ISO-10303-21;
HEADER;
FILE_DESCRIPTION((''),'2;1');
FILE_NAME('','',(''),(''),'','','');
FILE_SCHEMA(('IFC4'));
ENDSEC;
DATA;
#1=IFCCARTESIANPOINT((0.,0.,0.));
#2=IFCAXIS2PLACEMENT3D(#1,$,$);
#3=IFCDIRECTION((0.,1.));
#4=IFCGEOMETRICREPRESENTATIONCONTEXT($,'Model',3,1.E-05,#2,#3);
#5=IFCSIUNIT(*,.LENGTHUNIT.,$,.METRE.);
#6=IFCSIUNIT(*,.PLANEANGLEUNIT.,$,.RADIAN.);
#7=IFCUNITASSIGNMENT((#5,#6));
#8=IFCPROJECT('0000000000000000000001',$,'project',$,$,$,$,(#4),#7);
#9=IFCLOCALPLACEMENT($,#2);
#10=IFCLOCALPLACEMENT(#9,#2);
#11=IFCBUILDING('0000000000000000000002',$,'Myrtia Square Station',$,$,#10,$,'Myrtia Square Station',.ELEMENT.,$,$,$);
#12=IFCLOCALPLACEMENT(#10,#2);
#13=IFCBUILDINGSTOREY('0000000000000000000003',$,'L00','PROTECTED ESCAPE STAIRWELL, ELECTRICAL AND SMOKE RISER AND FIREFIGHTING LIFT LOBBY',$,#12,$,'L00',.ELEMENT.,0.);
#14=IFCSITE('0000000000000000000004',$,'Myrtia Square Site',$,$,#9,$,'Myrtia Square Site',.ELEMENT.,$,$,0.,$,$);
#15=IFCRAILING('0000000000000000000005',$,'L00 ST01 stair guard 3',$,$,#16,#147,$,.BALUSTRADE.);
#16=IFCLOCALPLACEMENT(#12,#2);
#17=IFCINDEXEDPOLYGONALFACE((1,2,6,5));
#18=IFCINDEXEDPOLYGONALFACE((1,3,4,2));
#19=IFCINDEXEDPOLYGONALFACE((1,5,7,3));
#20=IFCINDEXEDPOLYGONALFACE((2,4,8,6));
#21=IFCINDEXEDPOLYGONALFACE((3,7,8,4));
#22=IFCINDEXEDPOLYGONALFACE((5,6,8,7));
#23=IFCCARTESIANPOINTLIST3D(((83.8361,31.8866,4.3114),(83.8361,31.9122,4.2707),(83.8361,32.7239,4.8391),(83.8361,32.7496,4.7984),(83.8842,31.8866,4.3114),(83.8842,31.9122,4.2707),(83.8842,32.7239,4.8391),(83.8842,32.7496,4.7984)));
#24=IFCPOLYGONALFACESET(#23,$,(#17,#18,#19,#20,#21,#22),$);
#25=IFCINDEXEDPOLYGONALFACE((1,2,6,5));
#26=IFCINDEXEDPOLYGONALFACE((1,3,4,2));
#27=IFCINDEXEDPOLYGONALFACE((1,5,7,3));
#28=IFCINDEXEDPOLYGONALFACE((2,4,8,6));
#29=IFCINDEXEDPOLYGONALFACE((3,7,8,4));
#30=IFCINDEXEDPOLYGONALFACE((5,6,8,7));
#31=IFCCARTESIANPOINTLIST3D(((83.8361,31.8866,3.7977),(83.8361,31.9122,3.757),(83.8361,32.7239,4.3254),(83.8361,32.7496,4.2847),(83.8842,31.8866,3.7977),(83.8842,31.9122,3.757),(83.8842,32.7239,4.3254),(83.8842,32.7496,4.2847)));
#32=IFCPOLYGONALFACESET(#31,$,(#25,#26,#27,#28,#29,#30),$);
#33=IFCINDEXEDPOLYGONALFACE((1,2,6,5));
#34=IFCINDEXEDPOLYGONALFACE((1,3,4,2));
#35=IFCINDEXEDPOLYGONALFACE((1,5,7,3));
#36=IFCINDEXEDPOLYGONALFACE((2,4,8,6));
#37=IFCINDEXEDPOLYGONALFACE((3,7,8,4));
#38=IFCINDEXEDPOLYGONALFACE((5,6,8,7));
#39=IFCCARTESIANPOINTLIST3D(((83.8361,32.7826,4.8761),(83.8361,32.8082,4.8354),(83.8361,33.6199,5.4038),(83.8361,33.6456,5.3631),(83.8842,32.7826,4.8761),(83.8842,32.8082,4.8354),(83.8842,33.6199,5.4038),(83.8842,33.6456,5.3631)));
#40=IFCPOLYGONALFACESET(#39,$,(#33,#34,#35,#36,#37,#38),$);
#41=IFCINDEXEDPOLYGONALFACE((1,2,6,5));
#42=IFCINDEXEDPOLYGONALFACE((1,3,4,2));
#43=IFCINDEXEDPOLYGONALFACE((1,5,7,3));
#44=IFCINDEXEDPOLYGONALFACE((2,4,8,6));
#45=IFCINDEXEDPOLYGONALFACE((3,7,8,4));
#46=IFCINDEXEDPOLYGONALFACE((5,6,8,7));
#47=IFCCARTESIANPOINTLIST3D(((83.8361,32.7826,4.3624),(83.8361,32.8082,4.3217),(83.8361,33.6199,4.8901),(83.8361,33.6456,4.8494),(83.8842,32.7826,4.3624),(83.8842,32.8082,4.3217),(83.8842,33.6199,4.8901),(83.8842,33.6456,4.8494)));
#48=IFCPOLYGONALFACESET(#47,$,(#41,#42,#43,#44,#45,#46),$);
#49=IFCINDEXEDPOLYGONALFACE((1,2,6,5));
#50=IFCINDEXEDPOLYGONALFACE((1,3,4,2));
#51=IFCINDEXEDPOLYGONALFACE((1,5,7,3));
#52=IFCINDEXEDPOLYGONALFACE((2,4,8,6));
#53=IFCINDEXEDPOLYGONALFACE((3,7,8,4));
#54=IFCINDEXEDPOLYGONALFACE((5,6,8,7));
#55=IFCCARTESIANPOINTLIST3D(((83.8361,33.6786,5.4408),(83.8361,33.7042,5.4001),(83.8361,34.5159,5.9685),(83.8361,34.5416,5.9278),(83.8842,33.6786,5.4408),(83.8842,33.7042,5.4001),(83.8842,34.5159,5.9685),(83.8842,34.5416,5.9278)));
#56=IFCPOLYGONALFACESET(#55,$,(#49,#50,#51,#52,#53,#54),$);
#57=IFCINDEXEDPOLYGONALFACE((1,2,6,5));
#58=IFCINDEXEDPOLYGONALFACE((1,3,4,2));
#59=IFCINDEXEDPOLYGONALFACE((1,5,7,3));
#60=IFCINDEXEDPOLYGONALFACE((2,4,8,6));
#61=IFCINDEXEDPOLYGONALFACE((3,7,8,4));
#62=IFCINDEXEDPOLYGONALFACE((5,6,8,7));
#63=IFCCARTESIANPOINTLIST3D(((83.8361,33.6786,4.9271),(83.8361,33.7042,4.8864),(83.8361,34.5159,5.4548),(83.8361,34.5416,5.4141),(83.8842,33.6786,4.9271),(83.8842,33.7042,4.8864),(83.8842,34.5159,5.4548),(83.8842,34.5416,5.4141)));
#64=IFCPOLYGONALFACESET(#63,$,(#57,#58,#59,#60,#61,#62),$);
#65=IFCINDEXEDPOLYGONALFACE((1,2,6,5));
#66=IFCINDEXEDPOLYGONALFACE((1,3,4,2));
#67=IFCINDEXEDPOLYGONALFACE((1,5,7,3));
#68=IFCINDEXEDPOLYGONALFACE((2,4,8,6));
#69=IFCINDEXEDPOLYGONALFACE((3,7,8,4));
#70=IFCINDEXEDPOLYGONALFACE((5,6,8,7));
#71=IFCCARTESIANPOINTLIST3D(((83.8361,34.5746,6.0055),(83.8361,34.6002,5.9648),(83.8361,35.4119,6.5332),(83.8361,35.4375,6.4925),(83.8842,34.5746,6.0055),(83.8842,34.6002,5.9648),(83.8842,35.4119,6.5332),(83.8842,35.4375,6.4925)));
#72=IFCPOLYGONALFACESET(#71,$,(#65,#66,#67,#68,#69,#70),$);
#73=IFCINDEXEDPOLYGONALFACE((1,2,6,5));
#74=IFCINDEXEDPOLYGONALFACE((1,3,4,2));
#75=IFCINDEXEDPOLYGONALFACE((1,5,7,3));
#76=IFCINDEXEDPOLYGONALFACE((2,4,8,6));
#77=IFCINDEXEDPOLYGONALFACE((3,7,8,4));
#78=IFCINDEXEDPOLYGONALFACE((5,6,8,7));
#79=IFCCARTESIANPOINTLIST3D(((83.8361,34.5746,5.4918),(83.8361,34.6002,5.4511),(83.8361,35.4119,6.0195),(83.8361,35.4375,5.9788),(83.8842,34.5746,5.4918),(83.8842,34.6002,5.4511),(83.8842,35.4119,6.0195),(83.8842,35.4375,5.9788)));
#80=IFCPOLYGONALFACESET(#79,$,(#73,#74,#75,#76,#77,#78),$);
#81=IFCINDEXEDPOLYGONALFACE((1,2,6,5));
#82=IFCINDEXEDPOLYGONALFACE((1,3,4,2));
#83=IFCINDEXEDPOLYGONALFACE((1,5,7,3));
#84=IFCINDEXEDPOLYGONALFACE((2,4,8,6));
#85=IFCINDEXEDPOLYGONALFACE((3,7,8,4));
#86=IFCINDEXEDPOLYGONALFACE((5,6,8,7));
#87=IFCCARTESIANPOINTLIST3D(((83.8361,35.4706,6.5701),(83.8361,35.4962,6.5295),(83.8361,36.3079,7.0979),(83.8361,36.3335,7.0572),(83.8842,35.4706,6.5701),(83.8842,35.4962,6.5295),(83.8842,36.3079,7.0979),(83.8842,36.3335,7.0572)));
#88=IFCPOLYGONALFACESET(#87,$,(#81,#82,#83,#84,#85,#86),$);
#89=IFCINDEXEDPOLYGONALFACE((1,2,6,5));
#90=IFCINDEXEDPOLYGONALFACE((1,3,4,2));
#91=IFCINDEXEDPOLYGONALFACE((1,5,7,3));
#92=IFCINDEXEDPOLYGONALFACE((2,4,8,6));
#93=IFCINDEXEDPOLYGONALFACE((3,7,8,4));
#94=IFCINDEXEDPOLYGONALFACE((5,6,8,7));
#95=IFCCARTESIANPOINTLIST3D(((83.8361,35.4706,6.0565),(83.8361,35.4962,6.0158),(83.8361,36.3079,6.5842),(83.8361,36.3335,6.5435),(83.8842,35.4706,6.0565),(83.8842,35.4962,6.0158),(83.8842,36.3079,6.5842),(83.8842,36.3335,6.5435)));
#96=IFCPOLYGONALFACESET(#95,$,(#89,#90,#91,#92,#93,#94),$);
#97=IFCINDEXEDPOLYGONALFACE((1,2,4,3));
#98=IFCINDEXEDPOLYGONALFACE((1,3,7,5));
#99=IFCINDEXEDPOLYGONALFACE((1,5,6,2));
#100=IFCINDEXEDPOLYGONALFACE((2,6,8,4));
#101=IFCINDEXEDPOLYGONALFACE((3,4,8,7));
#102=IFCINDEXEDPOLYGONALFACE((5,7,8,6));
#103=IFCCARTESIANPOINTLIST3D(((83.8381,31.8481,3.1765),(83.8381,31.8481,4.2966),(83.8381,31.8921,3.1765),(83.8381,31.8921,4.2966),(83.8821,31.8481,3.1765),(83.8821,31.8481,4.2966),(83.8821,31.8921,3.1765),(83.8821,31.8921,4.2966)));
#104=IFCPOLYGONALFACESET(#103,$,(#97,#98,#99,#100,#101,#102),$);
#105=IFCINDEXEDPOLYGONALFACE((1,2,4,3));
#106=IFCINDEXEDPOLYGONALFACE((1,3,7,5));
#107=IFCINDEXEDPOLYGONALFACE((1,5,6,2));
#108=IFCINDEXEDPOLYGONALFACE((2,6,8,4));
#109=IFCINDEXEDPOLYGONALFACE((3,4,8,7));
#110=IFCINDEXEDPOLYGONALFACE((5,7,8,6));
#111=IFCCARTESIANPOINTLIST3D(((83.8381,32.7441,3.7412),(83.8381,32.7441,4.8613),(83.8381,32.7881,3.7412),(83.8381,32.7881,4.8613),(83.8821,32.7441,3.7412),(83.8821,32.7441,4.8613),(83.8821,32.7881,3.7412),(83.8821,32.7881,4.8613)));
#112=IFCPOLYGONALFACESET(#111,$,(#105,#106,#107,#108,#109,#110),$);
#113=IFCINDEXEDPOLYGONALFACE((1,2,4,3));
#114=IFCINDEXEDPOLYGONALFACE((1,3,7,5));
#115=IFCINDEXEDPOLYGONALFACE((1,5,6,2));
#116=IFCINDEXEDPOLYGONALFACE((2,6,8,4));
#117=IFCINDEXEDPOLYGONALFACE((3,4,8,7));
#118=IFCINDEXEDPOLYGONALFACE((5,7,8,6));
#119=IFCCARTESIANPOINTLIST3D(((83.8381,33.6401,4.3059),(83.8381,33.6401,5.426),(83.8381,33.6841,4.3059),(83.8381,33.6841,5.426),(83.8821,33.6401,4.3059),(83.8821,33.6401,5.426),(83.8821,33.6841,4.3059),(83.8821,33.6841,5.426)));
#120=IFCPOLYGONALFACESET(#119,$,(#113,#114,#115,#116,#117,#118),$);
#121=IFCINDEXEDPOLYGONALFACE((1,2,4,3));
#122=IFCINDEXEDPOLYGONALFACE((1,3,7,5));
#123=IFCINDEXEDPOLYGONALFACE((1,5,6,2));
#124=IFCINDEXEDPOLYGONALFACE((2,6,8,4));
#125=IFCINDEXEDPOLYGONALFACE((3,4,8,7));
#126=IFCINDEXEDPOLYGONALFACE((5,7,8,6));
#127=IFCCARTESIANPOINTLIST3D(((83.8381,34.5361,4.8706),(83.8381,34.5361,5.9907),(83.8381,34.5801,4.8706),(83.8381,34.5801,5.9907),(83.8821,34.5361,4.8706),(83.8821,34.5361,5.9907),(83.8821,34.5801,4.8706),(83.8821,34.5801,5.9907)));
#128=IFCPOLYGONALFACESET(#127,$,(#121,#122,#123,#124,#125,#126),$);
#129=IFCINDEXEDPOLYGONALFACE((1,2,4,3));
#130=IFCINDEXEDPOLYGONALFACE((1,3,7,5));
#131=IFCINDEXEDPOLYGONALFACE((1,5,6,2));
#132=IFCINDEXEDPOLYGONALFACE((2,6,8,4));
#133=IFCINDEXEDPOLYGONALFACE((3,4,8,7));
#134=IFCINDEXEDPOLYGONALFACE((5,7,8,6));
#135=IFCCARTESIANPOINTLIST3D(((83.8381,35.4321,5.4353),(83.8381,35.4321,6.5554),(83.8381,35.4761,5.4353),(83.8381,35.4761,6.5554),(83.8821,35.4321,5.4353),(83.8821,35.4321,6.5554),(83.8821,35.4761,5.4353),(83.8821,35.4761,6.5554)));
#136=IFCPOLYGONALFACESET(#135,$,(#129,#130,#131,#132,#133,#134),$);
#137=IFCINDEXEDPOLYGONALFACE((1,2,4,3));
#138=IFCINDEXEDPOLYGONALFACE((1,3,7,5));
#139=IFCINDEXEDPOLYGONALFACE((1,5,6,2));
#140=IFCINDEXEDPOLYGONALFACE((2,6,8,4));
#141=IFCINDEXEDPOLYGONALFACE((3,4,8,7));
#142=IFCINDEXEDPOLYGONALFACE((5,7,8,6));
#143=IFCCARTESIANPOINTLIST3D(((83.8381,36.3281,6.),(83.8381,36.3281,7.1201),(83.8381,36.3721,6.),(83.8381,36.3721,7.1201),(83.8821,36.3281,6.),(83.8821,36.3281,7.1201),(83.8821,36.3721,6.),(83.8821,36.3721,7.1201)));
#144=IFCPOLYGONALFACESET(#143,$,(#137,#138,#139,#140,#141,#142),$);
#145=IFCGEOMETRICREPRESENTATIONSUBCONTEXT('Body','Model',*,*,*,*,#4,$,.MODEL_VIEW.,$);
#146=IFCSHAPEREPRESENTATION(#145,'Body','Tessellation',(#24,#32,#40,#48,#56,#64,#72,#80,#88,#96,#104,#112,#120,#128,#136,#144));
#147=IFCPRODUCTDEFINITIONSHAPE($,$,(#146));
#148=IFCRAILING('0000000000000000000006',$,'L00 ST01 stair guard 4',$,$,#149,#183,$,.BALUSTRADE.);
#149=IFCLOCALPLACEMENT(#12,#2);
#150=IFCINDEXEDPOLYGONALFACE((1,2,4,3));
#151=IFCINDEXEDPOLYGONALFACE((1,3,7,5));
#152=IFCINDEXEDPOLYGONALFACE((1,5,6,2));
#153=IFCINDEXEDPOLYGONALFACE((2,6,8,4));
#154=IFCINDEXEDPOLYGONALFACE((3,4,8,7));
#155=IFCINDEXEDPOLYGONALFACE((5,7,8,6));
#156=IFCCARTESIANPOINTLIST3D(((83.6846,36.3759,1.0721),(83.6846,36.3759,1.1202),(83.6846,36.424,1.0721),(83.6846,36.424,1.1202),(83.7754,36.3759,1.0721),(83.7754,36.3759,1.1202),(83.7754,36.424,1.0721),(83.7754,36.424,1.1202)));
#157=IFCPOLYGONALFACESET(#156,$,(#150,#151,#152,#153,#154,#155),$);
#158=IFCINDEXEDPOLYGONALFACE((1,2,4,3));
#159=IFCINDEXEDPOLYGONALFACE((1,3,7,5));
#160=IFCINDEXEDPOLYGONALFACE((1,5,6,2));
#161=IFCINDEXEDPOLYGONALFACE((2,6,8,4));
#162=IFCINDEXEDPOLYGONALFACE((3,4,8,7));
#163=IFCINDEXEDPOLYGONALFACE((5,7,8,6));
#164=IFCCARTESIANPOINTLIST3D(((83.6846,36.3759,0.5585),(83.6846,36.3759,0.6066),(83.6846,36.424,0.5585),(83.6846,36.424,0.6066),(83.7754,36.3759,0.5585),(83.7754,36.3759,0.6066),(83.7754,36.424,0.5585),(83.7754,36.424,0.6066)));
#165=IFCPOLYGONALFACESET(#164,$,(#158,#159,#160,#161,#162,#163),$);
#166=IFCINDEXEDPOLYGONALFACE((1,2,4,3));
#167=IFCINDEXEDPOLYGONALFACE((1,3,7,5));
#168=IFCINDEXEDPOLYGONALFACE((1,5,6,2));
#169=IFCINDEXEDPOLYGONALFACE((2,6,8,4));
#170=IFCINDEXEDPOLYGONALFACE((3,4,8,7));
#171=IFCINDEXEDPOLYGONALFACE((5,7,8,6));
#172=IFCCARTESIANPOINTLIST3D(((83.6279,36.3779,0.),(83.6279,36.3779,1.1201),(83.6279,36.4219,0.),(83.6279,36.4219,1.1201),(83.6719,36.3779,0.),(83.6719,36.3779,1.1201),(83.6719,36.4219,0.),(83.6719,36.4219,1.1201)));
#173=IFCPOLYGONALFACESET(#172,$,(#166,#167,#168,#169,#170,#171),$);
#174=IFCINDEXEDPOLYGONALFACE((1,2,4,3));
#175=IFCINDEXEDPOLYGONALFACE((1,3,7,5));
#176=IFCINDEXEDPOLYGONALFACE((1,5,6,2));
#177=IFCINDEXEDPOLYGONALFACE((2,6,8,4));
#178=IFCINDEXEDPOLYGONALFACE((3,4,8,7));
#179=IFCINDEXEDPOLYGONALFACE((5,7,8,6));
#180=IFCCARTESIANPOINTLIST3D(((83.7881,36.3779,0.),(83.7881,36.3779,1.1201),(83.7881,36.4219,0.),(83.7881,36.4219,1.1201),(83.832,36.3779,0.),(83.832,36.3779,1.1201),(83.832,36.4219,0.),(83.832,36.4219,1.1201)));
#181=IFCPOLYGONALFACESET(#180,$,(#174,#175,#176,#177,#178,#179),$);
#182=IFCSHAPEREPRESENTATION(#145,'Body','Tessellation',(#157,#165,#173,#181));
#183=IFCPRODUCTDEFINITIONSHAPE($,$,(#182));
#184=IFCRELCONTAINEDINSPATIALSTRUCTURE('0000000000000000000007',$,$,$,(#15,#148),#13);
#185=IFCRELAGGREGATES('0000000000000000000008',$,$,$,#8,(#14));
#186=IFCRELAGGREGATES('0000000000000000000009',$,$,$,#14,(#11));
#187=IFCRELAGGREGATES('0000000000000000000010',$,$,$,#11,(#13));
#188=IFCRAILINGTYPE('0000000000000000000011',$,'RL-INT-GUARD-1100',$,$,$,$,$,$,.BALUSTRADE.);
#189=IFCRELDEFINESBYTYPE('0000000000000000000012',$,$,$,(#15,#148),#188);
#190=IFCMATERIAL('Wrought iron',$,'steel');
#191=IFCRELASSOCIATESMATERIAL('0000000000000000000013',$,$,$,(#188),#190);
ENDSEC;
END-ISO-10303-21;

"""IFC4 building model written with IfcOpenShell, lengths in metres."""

from ifc_helpers import new_model, si_unit, direction, frame, origin, origin_2d, place, context, subcontext, project, spatial, rectangle, extrude, material, type_object, element, save


model = new_model("IFC4")

# Units and contexts
model_context = context("Model", 3, precision=1e-05, world=origin(), true_north=direction((0.0, 1.0)))
body_context = subcontext(model_context, "Body", "Model", "MODEL_VIEW")
ifc_project = project(units=[si_unit("LENGTHUNIT", "METRE"), si_unit("PLANEANGLEUNIT", "RADIAN")], contexts=[model_context])

# Site, building, storey
site_placement = place(None, origin())
site = spatial("IfcSite", under=ifc_project, at=site_placement, Name="Myrtia Square Site", LongName="Myrtia Square Site", CompositionType="ELEMENT", RefElevation=0.0)
building_placement = place(site_placement, origin())
building = spatial("IfcBuilding", under=site, at=building_placement, Name="Myrtia Square Station", LongName="Myrtia Square Station", CompositionType="ELEMENT")
storey_placement = place(building_placement, origin())
storey = spatial("IfcBuildingStorey", under=building, at=storey_placement, Name="L00", Description="PROTECTED ESCAPE STAIRWELL, ELECTRICAL AND SMOKE RISER AND FIREFIGHTING LIFT LOBBY", LongName="L00", CompositionType="ELEMENT", Elevation=0.0)

# Railings
ifc_material_1 = material(Name="Wrought iron", Category="steel")
railing_type_1 = type_object("IfcRailingType", Name="RL-INT-GUARD-1100", PredefinedType="BALUSTRADE", material=ifc_material_1)
railing_1_placement = place(storey_placement, frame((83.8601, 31.8701, 3.1765)))
element("IfcRailing", 1, at=railing_1_placement, inside=storey, type_object=railing_type_1, Name="L00 ST01 stair guard 3", PredefinedType="BALUSTRADE", context=body_context, shape_type="SweptSolid", body=[
    extrude(rectangle(XDim=0.0481, YDim=0.0481, at=origin_2d()), frame((0.0, 0.0293, 1.1145), z_axis=(0.0, 0.845998, 0.533186), x_axis=(-1.0, 0.0, 0.0)), (0.0, 0.0, 1.0), 0.9897),
    extrude(rectangle(XDim=0.0481, YDim=0.0481, at=origin_2d()), frame((0.0, 0.0293, 0.6008), z_axis=(0.0, 0.845998, 0.533186), x_axis=(-1.0, 0.0, 0.0)), (0.0, 0.0, 1.0), 0.9897),
    extrude(rectangle(XDim=0.0481, YDim=0.0481, at=origin_2d()), frame((0.0, 0.9253, 1.6792), z_axis=(0.0, 0.845998, 0.533186), x_axis=(-1.0, 0.0, 0.0)), (0.0, 0.0, 1.0), 0.9897),
    extrude(rectangle(XDim=0.0481, YDim=0.0481, at=origin_2d()), frame((0.0, 0.9253, 1.1655), z_axis=(0.0, 0.845998, 0.533186), x_axis=(-1.0, 0.0, 0.0)), (0.0, 0.0, 1.0), 0.9897),
    extrude(rectangle(XDim=0.0481, YDim=0.0481, at=origin_2d()), frame((0.0, 1.8213, 2.2439), z_axis=(0.0, 0.845998, 0.533186), x_axis=(-1.0, 0.0, 0.0)), (0.0, 0.0, 1.0), 0.9897),
    extrude(rectangle(XDim=0.0481, YDim=0.0481, at=origin_2d()), frame((0.0, 1.8213, 1.7302), z_axis=(0.0, 0.845998, 0.533186), x_axis=(-1.0, 0.0, 0.0)), (0.0, 0.0, 1.0), 0.9897),
    extrude(rectangle(XDim=0.0481, YDim=0.0481, at=origin_2d()), frame((0.0, 2.7173, 2.8086), z_axis=(0.0, 0.845998, 0.533186), x_axis=(-1.0, 0.0, 0.0)), (0.0, 0.0, 1.0), 0.9897),
    extrude(rectangle(XDim=0.0481, YDim=0.0481, at=origin_2d()), frame((0.0, 2.7173, 2.2949), z_axis=(0.0, 0.845998, 0.533186), x_axis=(-1.0, 0.0, 0.0)), (0.0, 0.0, 1.0), 0.9897),
    extrude(rectangle(XDim=0.0481, YDim=0.0481, at=origin_2d()), frame((0.0, 3.6133, 3.3733), z_axis=(0.0, 0.845998, 0.533186), x_axis=(-1.0, 0.0, 0.0)), (0.0, 0.0, 1.0), 0.9897),
    extrude(rectangle(XDim=0.0481, YDim=0.0481, at=origin_2d()), frame((0.0, 3.6133, 2.8596), z_axis=(0.0, 0.845998, 0.533186), x_axis=(-1.0, 0.0, 0.0)), (0.0, 0.0, 1.0), 0.9897),
    extrude(rectangle(XDim=0.0439, YDim=0.0439, at=origin_2d()), origin(), (0.0, 0.0, 1.0), 1.1201),
    extrude(rectangle(XDim=0.0439, YDim=0.0439, at=origin_2d()), frame((0.0, 0.896, 0.5647)), (0.0, 0.0, 1.0), 1.1201),
    extrude(rectangle(XDim=0.0439, YDim=0.0439, at=origin_2d()), frame((0.0, 1.792, 1.1294)), (0.0, 0.0, 1.0), 1.1201),
    extrude(rectangle(XDim=0.0439, YDim=0.0439, at=origin_2d()), frame((0.0, 2.688, 1.6941)), (0.0, 0.0, 1.0), 1.1201),
    extrude(rectangle(XDim=0.0439, YDim=0.0439, at=origin_2d()), frame((0.0, 3.584, 2.2588)), (0.0, 0.0, 1.0), 1.1201),
    extrude(rectangle(XDim=0.0439, YDim=0.0439, at=origin_2d()), frame((0.0, 4.48, 2.8235)), (0.0, 0.0, 1.0), 1.1201),
])
railing_2_placement = place(storey_placement, frame((83.6499, 36.3999, 0.0)))
element("IfcRailing", 2, at=railing_2_placement, inside=storey, type_object=railing_type_1, Name="L00 ST01 stair guard 4", PredefinedType="BALUSTRADE", context=body_context, shape_type="SweptSolid", body=[
    extrude(rectangle(XDim=0.0481, YDim=0.0481, at=origin_2d()), frame((0.0347, 0.0, 1.0962), z_axis=(1.0, 0.0, 0.0), x_axis=(0.0, 1.0, 0.0)), (0.0, 0.0, 1.0), 0.0908),
    extrude(rectangle(XDim=0.0481, YDim=0.0481, at=origin_2d()), frame((0.0347, 0.0, 0.5825), z_axis=(1.0, 0.0, 0.0), x_axis=(0.0, 1.0, 0.0)), (0.0, 0.0, 1.0), 0.0908),
    extrude(rectangle(XDim=0.0439, YDim=0.0439, at=origin_2d()), origin(), (0.0, 0.0, 1.0), 1.1201),
    extrude(rectangle(XDim=0.0439, YDim=0.0439, at=origin_2d()), frame((0.1602, 0.0, 0.0)), (0.0, 0.0, 1.0), 1.1201),
])

save(model, "model.ifc")
